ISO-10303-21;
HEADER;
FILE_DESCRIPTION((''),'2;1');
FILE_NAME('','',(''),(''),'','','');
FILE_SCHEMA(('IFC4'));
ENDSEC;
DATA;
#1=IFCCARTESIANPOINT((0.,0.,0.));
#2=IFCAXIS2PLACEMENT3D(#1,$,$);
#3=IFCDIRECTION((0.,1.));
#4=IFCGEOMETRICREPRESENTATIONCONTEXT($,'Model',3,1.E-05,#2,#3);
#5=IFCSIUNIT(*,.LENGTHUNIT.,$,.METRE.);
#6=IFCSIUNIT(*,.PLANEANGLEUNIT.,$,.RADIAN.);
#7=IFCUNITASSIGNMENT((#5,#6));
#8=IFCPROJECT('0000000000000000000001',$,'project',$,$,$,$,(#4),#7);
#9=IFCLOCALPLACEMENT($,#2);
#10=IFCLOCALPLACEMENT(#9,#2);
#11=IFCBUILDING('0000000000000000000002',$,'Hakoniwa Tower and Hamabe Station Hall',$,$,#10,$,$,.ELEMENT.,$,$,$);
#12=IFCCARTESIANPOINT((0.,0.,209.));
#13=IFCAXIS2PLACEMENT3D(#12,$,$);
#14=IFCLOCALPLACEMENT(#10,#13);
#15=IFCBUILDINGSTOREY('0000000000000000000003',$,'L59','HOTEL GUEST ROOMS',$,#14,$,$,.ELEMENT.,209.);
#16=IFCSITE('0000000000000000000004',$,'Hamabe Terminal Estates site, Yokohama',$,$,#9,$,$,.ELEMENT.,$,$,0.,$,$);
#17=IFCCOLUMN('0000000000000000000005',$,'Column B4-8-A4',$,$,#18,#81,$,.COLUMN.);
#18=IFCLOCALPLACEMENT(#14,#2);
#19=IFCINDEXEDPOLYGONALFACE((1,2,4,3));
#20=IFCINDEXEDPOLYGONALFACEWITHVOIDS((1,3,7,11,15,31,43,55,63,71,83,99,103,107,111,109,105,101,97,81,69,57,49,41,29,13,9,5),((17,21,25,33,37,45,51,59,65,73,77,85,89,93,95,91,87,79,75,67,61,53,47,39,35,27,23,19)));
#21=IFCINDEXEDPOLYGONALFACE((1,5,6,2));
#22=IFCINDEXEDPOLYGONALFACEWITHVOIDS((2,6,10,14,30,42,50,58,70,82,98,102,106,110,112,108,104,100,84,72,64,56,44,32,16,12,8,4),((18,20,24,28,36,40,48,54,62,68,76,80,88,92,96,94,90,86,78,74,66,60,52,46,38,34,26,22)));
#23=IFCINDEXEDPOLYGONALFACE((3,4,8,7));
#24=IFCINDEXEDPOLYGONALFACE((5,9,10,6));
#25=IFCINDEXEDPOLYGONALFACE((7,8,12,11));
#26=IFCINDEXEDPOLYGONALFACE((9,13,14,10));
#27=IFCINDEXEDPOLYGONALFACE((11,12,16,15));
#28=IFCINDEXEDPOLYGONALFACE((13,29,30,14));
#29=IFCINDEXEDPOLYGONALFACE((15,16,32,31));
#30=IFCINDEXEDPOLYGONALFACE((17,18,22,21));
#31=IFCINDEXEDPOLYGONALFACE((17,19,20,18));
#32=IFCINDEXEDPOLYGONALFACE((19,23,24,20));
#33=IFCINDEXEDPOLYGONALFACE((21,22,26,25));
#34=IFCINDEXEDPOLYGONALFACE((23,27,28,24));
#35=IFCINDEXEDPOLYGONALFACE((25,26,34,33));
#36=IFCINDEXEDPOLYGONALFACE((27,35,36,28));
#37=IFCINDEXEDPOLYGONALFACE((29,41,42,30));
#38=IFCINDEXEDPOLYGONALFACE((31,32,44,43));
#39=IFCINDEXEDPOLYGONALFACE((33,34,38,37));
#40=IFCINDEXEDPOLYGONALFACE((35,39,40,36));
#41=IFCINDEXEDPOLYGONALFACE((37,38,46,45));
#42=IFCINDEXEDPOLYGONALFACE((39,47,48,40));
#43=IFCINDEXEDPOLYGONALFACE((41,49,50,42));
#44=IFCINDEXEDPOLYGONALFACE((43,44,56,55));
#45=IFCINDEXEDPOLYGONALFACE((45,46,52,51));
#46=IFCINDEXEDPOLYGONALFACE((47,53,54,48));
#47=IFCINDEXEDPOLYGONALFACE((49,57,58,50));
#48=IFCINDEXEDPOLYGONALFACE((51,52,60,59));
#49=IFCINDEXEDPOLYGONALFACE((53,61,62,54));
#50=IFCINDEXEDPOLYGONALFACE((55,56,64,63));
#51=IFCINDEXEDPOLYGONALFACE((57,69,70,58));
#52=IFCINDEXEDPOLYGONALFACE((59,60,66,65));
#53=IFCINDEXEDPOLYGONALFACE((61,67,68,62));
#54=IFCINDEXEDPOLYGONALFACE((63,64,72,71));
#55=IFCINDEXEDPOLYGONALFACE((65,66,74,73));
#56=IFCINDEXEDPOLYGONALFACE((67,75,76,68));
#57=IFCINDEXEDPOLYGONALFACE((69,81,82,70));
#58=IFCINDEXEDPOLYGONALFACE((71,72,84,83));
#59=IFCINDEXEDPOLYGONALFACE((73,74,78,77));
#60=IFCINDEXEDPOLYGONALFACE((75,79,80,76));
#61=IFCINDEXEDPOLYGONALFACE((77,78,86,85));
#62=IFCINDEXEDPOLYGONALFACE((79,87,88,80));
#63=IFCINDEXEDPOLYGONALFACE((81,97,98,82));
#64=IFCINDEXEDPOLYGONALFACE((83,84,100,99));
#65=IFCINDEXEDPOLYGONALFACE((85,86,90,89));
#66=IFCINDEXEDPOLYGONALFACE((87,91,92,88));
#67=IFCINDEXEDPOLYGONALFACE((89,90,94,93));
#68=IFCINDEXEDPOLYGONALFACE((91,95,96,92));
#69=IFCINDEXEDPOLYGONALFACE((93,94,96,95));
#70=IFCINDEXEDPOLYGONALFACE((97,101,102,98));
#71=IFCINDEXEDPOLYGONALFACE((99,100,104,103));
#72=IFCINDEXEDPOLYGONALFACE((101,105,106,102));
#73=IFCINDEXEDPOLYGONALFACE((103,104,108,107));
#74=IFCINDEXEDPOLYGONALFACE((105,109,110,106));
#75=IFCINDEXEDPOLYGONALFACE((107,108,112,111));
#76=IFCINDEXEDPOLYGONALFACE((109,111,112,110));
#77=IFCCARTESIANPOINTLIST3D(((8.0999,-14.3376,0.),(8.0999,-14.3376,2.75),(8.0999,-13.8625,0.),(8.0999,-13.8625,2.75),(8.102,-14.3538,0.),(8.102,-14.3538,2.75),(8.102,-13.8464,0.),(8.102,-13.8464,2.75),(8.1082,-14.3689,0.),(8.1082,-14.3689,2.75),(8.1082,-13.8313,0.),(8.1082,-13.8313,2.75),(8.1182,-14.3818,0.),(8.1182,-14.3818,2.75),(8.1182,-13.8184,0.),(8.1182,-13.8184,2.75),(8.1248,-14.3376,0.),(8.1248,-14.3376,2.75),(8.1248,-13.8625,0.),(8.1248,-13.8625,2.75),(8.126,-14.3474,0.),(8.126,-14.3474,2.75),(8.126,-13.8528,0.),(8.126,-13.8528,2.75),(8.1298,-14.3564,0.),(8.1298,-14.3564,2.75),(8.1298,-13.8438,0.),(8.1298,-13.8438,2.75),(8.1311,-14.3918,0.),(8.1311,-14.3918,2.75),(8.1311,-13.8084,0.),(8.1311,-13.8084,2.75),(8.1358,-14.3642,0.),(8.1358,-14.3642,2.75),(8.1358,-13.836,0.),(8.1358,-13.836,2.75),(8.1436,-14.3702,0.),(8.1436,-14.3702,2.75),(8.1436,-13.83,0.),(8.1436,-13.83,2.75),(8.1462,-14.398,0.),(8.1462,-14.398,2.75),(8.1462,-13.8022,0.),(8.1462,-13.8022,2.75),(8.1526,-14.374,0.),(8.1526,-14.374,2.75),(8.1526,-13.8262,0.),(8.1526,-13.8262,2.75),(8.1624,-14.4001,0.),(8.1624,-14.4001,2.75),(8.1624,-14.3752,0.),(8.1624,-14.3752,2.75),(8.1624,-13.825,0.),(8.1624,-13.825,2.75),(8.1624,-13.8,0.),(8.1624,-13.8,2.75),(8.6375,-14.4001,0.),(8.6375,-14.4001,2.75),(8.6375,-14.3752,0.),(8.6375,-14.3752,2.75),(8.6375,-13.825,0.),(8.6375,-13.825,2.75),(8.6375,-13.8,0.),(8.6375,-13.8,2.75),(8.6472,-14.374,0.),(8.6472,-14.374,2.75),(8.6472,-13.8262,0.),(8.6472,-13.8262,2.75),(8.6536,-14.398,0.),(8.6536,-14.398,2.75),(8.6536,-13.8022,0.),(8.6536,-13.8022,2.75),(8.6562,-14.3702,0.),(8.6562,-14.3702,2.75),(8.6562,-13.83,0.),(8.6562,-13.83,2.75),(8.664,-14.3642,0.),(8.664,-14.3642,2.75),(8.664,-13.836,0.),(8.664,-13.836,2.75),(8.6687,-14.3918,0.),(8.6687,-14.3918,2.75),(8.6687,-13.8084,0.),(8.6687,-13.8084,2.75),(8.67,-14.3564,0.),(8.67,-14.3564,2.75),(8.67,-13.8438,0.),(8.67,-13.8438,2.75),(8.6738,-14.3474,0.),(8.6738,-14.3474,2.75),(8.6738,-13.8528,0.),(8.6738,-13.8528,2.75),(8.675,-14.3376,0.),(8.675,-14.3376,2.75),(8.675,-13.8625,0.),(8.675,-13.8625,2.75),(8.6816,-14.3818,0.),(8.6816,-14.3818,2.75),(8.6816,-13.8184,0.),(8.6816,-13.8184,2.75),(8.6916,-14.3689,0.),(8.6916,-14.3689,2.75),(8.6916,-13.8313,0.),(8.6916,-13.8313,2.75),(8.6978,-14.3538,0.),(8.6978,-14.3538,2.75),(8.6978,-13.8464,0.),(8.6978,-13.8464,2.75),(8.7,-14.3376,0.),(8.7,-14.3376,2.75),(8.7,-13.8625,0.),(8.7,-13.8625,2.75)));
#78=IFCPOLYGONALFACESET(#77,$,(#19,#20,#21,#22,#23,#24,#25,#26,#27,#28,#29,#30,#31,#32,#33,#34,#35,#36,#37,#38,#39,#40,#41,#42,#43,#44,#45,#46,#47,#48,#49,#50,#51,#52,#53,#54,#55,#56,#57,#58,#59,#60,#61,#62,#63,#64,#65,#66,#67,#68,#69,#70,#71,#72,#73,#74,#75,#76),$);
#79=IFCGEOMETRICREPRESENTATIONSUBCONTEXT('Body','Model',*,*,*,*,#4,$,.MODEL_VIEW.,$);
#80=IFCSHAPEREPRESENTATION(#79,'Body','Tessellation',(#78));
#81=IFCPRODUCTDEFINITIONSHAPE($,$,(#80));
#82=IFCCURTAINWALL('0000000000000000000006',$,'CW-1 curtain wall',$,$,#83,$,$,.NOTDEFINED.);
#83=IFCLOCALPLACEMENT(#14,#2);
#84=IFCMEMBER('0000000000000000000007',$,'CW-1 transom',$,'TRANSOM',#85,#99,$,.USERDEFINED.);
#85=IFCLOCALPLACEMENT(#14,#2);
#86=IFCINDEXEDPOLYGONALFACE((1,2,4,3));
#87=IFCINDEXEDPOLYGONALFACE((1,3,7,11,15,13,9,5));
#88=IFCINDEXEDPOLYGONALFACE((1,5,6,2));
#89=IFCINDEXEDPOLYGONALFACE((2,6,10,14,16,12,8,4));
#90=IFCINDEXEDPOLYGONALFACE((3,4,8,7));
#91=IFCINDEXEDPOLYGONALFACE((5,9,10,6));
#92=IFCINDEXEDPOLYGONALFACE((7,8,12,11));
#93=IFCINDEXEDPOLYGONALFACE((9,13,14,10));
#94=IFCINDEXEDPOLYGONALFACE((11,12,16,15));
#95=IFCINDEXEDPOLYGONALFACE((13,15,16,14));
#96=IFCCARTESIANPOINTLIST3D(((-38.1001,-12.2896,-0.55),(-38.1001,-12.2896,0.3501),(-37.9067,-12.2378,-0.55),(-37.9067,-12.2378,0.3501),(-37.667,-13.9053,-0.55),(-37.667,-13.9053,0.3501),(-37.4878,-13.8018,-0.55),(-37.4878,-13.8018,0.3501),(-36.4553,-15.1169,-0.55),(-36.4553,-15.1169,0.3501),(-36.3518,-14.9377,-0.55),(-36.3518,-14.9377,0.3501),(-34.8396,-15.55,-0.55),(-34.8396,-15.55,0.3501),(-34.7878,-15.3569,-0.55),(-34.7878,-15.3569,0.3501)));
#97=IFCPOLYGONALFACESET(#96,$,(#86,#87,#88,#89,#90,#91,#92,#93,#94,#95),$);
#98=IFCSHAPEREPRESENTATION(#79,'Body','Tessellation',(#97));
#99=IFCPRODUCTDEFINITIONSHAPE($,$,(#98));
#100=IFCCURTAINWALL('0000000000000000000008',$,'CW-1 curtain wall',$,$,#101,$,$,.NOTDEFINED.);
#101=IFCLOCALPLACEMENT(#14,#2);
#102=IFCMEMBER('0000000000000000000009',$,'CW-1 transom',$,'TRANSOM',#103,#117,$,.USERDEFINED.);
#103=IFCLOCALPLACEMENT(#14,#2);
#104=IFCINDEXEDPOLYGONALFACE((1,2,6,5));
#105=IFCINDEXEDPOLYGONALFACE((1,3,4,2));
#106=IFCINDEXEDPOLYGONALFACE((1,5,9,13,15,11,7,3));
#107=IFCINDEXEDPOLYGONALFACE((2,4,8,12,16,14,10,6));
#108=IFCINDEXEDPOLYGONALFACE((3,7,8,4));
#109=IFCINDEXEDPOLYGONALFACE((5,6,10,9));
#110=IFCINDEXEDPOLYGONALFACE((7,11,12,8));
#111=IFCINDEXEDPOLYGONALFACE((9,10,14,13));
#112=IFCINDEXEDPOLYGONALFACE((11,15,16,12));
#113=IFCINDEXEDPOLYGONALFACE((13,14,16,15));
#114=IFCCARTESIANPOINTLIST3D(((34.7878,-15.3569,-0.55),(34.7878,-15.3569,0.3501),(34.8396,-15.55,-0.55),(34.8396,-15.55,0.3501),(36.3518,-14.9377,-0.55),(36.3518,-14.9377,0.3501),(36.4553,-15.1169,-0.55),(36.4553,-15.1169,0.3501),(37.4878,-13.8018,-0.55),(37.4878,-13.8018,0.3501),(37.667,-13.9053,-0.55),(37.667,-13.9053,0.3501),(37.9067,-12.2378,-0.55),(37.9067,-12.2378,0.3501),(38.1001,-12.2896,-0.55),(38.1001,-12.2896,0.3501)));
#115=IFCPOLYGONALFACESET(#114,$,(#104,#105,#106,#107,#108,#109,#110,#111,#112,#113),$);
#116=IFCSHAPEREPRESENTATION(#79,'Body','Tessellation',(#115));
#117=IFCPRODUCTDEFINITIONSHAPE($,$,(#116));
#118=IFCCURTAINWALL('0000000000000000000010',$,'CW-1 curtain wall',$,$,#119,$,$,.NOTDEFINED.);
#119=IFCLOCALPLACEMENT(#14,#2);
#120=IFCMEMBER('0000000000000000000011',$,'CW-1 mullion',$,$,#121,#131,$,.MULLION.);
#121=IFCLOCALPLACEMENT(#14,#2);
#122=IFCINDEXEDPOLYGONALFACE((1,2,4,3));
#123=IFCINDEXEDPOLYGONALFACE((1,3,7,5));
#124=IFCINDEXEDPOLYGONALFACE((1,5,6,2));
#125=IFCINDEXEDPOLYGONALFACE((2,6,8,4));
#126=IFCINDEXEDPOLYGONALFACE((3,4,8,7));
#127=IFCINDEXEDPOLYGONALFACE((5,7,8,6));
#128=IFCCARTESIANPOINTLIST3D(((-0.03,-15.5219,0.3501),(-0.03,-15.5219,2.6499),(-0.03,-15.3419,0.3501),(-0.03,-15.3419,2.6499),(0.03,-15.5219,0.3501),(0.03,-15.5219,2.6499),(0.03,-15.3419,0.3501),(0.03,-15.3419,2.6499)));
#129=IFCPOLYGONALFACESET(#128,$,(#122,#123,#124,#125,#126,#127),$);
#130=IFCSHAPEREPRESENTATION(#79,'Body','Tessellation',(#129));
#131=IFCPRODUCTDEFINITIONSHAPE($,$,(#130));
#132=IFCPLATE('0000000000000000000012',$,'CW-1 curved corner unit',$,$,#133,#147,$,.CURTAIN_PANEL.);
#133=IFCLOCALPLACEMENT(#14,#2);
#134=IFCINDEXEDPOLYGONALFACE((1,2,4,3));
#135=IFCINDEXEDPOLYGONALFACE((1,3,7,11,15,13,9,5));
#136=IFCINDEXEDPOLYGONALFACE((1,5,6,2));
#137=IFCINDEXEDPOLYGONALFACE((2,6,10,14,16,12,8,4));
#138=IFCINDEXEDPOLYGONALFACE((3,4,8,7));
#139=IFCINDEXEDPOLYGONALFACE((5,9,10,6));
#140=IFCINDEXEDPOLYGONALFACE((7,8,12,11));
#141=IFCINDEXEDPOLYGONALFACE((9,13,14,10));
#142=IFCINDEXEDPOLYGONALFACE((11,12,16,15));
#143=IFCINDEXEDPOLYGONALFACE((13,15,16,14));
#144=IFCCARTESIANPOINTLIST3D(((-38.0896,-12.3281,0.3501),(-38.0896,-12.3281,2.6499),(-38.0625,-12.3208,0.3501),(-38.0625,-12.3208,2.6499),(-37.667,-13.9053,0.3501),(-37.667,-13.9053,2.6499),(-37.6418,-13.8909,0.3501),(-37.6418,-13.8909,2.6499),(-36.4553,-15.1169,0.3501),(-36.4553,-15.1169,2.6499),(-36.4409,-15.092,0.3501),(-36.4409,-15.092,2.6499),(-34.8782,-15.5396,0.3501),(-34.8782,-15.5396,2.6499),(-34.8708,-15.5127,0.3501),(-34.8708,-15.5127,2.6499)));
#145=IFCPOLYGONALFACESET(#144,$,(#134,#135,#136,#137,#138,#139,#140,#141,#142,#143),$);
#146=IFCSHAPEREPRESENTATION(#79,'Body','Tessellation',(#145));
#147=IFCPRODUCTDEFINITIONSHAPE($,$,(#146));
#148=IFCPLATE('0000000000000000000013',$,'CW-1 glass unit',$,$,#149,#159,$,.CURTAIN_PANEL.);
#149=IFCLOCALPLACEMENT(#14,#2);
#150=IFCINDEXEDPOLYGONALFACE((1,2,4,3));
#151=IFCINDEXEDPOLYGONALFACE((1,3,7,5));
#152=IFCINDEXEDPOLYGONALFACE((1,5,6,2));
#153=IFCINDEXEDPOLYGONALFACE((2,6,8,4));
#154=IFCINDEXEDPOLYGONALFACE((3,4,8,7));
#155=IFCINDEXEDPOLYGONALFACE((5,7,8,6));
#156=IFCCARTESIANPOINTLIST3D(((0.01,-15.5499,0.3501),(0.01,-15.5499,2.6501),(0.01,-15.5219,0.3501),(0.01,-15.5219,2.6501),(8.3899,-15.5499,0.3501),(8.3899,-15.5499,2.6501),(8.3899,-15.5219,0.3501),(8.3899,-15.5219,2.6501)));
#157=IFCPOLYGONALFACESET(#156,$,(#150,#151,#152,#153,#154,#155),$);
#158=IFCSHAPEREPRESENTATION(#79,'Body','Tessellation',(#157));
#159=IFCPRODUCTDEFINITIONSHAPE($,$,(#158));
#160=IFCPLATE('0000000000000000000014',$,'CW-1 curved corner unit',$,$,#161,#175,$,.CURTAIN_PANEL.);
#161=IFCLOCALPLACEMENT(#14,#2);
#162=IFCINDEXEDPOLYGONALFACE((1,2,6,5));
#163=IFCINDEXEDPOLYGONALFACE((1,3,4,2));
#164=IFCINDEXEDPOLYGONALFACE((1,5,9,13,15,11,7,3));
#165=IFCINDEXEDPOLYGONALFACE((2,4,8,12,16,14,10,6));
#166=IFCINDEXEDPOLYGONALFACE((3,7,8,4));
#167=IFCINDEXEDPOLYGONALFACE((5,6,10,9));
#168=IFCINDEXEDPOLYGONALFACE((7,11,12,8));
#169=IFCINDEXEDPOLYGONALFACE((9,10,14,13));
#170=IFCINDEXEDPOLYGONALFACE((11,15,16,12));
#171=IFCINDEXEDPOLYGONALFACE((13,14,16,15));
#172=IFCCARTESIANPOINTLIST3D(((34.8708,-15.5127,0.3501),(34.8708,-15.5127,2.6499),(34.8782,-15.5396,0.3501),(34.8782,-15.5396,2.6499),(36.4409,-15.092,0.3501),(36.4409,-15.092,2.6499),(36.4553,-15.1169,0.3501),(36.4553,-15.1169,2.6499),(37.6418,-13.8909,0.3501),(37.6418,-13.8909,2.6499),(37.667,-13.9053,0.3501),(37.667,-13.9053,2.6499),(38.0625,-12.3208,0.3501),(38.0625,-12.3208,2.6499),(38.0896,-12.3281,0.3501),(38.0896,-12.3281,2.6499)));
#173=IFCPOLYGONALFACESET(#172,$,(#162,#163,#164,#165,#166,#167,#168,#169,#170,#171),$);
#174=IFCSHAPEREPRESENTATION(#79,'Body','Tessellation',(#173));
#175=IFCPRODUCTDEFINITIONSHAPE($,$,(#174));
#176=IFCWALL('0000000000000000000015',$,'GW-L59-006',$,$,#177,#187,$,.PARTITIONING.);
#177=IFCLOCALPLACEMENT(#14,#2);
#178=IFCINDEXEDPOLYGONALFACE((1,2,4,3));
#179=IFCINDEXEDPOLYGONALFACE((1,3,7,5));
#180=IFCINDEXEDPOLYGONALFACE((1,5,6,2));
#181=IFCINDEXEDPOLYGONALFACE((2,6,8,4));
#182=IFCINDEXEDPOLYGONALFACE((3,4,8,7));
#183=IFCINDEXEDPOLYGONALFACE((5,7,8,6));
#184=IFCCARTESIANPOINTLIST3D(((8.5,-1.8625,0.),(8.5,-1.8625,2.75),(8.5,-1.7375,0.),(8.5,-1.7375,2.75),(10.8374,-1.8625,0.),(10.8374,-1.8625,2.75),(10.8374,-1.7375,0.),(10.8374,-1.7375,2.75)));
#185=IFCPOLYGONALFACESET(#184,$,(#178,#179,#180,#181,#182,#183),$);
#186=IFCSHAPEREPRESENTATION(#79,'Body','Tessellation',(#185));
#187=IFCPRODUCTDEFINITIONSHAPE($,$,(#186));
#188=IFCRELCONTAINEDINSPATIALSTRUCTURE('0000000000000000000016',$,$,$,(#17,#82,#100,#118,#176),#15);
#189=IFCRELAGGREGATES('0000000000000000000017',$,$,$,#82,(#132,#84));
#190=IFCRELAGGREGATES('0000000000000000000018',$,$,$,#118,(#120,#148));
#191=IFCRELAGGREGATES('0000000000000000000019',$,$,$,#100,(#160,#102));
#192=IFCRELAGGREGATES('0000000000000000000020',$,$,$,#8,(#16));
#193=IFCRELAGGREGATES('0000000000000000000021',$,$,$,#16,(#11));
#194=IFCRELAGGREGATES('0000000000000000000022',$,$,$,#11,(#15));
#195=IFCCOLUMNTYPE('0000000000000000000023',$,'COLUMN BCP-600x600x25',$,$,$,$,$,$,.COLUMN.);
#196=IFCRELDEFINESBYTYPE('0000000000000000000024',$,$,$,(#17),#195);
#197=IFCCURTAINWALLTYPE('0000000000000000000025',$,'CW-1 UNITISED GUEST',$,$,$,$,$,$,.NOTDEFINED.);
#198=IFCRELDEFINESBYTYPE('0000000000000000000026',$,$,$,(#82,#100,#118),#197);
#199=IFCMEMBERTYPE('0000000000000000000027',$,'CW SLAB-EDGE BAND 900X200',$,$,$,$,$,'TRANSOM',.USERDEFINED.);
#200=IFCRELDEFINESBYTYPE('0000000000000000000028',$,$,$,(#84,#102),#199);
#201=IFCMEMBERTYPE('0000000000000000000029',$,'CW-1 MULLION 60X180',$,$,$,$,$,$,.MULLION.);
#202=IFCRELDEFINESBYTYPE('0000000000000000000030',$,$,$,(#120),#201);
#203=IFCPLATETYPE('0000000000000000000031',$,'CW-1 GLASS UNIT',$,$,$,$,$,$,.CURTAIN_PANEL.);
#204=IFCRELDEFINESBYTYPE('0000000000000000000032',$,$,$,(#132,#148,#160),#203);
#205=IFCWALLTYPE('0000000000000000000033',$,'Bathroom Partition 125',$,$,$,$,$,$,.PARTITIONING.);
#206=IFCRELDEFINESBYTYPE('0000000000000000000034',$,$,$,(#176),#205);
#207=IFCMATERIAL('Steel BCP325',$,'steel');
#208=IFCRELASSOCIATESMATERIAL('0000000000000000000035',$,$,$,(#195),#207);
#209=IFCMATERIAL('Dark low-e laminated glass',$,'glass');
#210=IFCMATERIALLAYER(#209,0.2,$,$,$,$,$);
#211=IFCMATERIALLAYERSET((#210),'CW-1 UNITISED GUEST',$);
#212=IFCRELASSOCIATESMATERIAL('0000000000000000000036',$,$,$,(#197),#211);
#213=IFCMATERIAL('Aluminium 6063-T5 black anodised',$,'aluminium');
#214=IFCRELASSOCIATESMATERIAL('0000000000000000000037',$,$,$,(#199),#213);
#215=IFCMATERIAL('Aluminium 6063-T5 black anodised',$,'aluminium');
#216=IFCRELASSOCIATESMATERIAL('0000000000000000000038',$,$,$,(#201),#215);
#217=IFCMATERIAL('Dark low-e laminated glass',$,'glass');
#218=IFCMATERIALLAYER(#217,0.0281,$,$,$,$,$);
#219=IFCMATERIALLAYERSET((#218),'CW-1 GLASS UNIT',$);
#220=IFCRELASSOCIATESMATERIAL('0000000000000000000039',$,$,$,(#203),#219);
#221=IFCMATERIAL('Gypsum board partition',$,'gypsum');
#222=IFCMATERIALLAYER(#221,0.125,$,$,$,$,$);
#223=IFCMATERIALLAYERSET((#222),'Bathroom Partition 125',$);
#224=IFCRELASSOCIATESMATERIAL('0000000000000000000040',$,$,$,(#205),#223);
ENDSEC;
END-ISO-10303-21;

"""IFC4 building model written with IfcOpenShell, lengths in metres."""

from ifc_helpers import new_model, si_unit, direction, frame, frame_2d, origin, origin_2d, place, context, subcontext, project, spatial, polyline, rectangle, hollow_rectangle, outline, extrude, material, layer, layer_set, material_profile, profile_set, type_object, element, aggregate, save


model = new_model("IFC4")

# Units and contexts
model_context = context("Model", 3, precision=1e-05, world=origin(), true_north=direction((0.0, 1.0)))
body_context = subcontext(model_context, "Body", "Model", "MODEL_VIEW")
ifc_project = project(units=[si_unit("LENGTHUNIT", "METRE"), si_unit("PLANEANGLEUNIT", "RADIAN")], contexts=[model_context])

# Site, building, storey
site_placement = place(None, origin())
site = spatial("IfcSite", under=ifc_project, at=site_placement, Name="Hamabe Terminal Estates site, Yokohama", CompositionType="ELEMENT", RefElevation=0.0)
building_placement = place(site_placement, origin())
building = spatial("IfcBuilding", under=site, at=building_placement, Name="Hakoniwa Tower and Hamabe Station Hall", CompositionType="ELEMENT")
storey_placement = place(building_placement, frame((0.0, 0.0, 209.0)))
storey = spatial("IfcBuildingStorey", under=building, at=storey_placement, Name="L59", Description="HOTEL GUEST ROOMS", CompositionType="ELEMENT", Elevation=209.0)

# Column
ifc_material_1 = material(Name="Steel BCP325", Category="steel")
ifc_material_profile_1 = material_profile(ifc_material_1, hollow_rectangle(XDim=0.6001, YDim=0.6001, WallThickness=0.0249, InnerFilletRadius=0.0376, OuterFilletRadius=0.0625, at=origin_2d()), Name="BCP-600x600x25")
ifc_profile_set_1 = profile_set([ifc_material_profile_1], Name="Steel BCP325")
column_type = type_object("IfcColumnType", Name="COLUMN BCP-600x600x25", PredefinedType="COLUMN", material=ifc_profile_set_1)
column_placement = place(storey_placement, frame((8.3999, -14.1001, 0.0), z_axis=(0.0, 0.0, 1.0), x_axis=(1.0, 0.0, 0.0)))
element("IfcColumn", 1, at=column_placement, inside=storey, type_object=column_type, Name="Column B4-8-A4", PredefinedType="COLUMN", context=body_context, shape_type="SweptSolid", body=[
    extrude(hollow_rectangle(XDim=0.6001, YDim=0.6001, WallThickness=0.0249, InnerFilletRadius=0.0376, OuterFilletRadius=0.0625, at=origin_2d()), origin(), (0.0, 0.0, 1.0), 2.75),
])

# Curtain walls, members
ifc_material_2 = material(Name="Dark low-e laminated glass", Category="glass")
ifc_layer_1 = layer(ifc_material_2, 0.2)
ifc_layer_set_1 = layer_set([ifc_layer_1], Name="CW-1 UNITISED GUEST")
curtain_wall_type = type_object("IfcCurtainWallType", Name="CW-1 UNITISED GUEST", PredefinedType="NOTDEFINED", material=ifc_layer_set_1)
curtain_wall_1_placement = place(storey_placement, origin())
curtain_wall_1 = element("IfcCurtainWall", 2, at=curtain_wall_1_placement, inside=storey, type_object=curtain_wall_type, Name="CW-1 curtain wall", PredefinedType="NOTDEFINED")
ifc_material_3 = material(Name="Aluminium 6063-T5 black anodised", Category="aluminium")
ifc_material_profile_2 = material_profile(ifc_material_3, rectangle(XDim=0.2, YDim=0.8999, at=origin_2d()), Name="CW SLAB-EDGE BAND 900X200")
ifc_profile_set_2 = profile_set([ifc_material_profile_2], Name="Aluminium 6063-T5 black anodised")
member_type_1 = type_object("IfcMemberType", Name="CW SLAB-EDGE BAND 900X200", ElementType="TRANSOM", PredefinedType="USERDEFINED", material=ifc_profile_set_2)
member_1_placement = place(storey_placement, frame((0.0, 0.0, -0.55)))
member_1 = element("IfcMember", 3, at=member_1_placement, type_object=member_type_1, Name="CW-1 transom", ObjectType="TRANSOM", PredefinedType="USERDEFINED", context=body_context, shape_type="SweptSolid", body=[
    extrude(outline(polyline([(-38.1001, -12.2896), (-37.667, -13.9053), (-36.4553, -15.1169), (-34.8396, -15.55), (-34.7878, -15.3569), (-36.3518, -14.9377), (-37.4878, -13.8018), (-37.9067, -12.2378), (-38.1001, -12.2896)])), origin(), (0.0, 0.0, 1.0), 0.9001),
])
curtain_wall_2_placement = place(storey_placement, origin())
curtain_wall_2 = element("IfcCurtainWall", 4, at=curtain_wall_2_placement, inside=storey, type_object=curtain_wall_type, Name="CW-1 curtain wall", PredefinedType="NOTDEFINED")
member_2_placement = place(storey_placement, frame((0.0, 0.0, -0.55)))
member_2 = element("IfcMember", 5, at=member_2_placement, type_object=member_type_1, Name="CW-1 transom", ObjectType="TRANSOM", PredefinedType="USERDEFINED", context=body_context, shape_type="SweptSolid", body=[
    extrude(outline(polyline([(34.8396, -15.55), (36.4553, -15.1169), (37.667, -13.9053), (38.1001, -12.2896), (37.9067, -12.2378), (37.4878, -13.8018), (36.3518, -14.9377), (34.7878, -15.3569), (34.8396, -15.55)])), origin(), (0.0, 0.0, 1.0), 0.9001),
])
curtain_wall_3_placement = place(storey_placement, origin())
curtain_wall_3 = element("IfcCurtainWall", 6, at=curtain_wall_3_placement, inside=storey, type_object=curtain_wall_type, Name="CW-1 curtain wall", PredefinedType="NOTDEFINED")
ifc_material_4 = material(Name="Aluminium 6063-T5 black anodised", Category="aluminium")
ifc_material_profile_3 = material_profile(ifc_material_4, rectangle(XDim=0.0601, YDim=0.1799, at=origin_2d()), Name="CW-1 MULLION 60X180")
ifc_profile_set_3 = profile_set([ifc_material_profile_3], Name="Aluminium 6063-T5 black anodised")
member_type_2 = type_object("IfcMemberType", Name="CW-1 MULLION 60X180", PredefinedType="MULLION", material=ifc_profile_set_3)
member_3_placement = place(storey_placement, frame((0.0, -15.4319, 0.3501), z_axis=(0.0, 0.0, 1.0), x_axis=(1.0, 0.0, 0.0)))
member_3 = element("IfcMember", 7, at=member_3_placement, type_object=member_type_2, Name="CW-1 mullion", PredefinedType="MULLION", context=body_context, shape_type="SweptSolid", body=[
    extrude(rectangle(XDim=0.0601, YDim=0.1799, at=origin_2d()), origin(), (0.0, 0.0, 1.0), 2.2998),
])

# Plates
ifc_material_5 = material(Name="Dark low-e laminated glass", Category="glass")
ifc_layer_2 = layer(ifc_material_5, 0.0281)
ifc_layer_set_2 = layer_set([ifc_layer_2], Name="CW-1 GLASS UNIT")
plate_type = type_object("IfcPlateType", Name="CW-1 GLASS UNIT", PredefinedType="CURTAIN_PANEL", material=ifc_layer_set_2)
plate_1_placement = place(storey_placement, frame((0.0, 0.0, 0.3501)))
plate_1 = element("IfcPlate", 8, at=plate_1_placement, type_object=plate_type, Name="CW-1 curved corner unit", PredefinedType="CURTAIN_PANEL", context=body_context, shape_type="SweptSolid", body=[
    extrude(outline(polyline([(-38.0896, -12.3281), (-37.667, -13.9053), (-36.4553, -15.1169), (-34.8782, -15.5396), (-34.8708, -15.5127), (-36.4409, -15.092), (-37.6418, -13.8909), (-38.0625, -12.3208), (-38.0896, -12.3281)])), origin(), (0.0, 0.0, 1.0), 2.2998),
])
aggregate(curtain_wall_1, [plate_1, member_1])
plate_2_placement = place(storey_placement, frame((4.2, -15.5359, 0.3501), z_axis=(0.0, 0.0, 1.0), x_axis=(1.0, 0.0, 0.0)))
plate_2 = element("IfcPlate", 9, at=plate_2_placement, type_object=plate_type, Name="CW-1 glass unit", PredefinedType="CURTAIN_PANEL", context=body_context, shape_type="SweptSolid", body=[
    extrude(rectangle(XDim=8.3799, YDim=0.0281, at=origin_2d()), origin(), (0.0, 0.0, 1.0), 2.3),
])
aggregate(curtain_wall_3, [member_3, plate_2])
plate_3_placement = place(storey_placement, frame((0.0, 0.0, 0.3501)))
plate_3 = element("IfcPlate", 10, at=plate_3_placement, type_object=plate_type, Name="CW-1 curved corner unit", PredefinedType="CURTAIN_PANEL", context=body_context, shape_type="SweptSolid", body=[
    extrude(outline(polyline([(34.8782, -15.5396), (36.4553, -15.1169), (37.667, -13.9053), (38.0896, -12.3281), (38.0625, -12.3208), (37.6418, -13.8909), (36.4409, -15.092), (34.8708, -15.5127), (34.8782, -15.5396)])), origin(), (0.0, 0.0, 1.0), 2.2998),
])
aggregate(curtain_wall_2, [plate_3, member_2])

# Wall
ifc_material_6 = material(Name="Gypsum board partition", Category="gypsum")
ifc_layer_3 = layer(ifc_material_6, 0.125)
ifc_layer_set_3 = layer_set([ifc_layer_3], Name="Bathroom Partition 125")
wall_type_1 = type_object("IfcWallType", Name="Bathroom Partition 125", PredefinedType="PARTITIONING", material=ifc_layer_set_3)
wall_1_placement = place(storey_placement, frame((8.5, -1.8, 0.0), z_axis=(0.0, 0.0, 1.0), x_axis=(1.0, 0.0, 0.0)))
element("IfcWall", 11, at=wall_1_placement, inside=storey, type_object=wall_type_1, Name="GW-L59-006", PredefinedType="PARTITIONING", context=body_context, shape_type="SweptSolid", body=[
    extrude(rectangle(XDim=2.3374, YDim=0.125, at=frame_2d((1.1687, 0.0))), origin(), (0.0, 0.0, 1.0), 2.75),
])

save(model, "model.ifc")
